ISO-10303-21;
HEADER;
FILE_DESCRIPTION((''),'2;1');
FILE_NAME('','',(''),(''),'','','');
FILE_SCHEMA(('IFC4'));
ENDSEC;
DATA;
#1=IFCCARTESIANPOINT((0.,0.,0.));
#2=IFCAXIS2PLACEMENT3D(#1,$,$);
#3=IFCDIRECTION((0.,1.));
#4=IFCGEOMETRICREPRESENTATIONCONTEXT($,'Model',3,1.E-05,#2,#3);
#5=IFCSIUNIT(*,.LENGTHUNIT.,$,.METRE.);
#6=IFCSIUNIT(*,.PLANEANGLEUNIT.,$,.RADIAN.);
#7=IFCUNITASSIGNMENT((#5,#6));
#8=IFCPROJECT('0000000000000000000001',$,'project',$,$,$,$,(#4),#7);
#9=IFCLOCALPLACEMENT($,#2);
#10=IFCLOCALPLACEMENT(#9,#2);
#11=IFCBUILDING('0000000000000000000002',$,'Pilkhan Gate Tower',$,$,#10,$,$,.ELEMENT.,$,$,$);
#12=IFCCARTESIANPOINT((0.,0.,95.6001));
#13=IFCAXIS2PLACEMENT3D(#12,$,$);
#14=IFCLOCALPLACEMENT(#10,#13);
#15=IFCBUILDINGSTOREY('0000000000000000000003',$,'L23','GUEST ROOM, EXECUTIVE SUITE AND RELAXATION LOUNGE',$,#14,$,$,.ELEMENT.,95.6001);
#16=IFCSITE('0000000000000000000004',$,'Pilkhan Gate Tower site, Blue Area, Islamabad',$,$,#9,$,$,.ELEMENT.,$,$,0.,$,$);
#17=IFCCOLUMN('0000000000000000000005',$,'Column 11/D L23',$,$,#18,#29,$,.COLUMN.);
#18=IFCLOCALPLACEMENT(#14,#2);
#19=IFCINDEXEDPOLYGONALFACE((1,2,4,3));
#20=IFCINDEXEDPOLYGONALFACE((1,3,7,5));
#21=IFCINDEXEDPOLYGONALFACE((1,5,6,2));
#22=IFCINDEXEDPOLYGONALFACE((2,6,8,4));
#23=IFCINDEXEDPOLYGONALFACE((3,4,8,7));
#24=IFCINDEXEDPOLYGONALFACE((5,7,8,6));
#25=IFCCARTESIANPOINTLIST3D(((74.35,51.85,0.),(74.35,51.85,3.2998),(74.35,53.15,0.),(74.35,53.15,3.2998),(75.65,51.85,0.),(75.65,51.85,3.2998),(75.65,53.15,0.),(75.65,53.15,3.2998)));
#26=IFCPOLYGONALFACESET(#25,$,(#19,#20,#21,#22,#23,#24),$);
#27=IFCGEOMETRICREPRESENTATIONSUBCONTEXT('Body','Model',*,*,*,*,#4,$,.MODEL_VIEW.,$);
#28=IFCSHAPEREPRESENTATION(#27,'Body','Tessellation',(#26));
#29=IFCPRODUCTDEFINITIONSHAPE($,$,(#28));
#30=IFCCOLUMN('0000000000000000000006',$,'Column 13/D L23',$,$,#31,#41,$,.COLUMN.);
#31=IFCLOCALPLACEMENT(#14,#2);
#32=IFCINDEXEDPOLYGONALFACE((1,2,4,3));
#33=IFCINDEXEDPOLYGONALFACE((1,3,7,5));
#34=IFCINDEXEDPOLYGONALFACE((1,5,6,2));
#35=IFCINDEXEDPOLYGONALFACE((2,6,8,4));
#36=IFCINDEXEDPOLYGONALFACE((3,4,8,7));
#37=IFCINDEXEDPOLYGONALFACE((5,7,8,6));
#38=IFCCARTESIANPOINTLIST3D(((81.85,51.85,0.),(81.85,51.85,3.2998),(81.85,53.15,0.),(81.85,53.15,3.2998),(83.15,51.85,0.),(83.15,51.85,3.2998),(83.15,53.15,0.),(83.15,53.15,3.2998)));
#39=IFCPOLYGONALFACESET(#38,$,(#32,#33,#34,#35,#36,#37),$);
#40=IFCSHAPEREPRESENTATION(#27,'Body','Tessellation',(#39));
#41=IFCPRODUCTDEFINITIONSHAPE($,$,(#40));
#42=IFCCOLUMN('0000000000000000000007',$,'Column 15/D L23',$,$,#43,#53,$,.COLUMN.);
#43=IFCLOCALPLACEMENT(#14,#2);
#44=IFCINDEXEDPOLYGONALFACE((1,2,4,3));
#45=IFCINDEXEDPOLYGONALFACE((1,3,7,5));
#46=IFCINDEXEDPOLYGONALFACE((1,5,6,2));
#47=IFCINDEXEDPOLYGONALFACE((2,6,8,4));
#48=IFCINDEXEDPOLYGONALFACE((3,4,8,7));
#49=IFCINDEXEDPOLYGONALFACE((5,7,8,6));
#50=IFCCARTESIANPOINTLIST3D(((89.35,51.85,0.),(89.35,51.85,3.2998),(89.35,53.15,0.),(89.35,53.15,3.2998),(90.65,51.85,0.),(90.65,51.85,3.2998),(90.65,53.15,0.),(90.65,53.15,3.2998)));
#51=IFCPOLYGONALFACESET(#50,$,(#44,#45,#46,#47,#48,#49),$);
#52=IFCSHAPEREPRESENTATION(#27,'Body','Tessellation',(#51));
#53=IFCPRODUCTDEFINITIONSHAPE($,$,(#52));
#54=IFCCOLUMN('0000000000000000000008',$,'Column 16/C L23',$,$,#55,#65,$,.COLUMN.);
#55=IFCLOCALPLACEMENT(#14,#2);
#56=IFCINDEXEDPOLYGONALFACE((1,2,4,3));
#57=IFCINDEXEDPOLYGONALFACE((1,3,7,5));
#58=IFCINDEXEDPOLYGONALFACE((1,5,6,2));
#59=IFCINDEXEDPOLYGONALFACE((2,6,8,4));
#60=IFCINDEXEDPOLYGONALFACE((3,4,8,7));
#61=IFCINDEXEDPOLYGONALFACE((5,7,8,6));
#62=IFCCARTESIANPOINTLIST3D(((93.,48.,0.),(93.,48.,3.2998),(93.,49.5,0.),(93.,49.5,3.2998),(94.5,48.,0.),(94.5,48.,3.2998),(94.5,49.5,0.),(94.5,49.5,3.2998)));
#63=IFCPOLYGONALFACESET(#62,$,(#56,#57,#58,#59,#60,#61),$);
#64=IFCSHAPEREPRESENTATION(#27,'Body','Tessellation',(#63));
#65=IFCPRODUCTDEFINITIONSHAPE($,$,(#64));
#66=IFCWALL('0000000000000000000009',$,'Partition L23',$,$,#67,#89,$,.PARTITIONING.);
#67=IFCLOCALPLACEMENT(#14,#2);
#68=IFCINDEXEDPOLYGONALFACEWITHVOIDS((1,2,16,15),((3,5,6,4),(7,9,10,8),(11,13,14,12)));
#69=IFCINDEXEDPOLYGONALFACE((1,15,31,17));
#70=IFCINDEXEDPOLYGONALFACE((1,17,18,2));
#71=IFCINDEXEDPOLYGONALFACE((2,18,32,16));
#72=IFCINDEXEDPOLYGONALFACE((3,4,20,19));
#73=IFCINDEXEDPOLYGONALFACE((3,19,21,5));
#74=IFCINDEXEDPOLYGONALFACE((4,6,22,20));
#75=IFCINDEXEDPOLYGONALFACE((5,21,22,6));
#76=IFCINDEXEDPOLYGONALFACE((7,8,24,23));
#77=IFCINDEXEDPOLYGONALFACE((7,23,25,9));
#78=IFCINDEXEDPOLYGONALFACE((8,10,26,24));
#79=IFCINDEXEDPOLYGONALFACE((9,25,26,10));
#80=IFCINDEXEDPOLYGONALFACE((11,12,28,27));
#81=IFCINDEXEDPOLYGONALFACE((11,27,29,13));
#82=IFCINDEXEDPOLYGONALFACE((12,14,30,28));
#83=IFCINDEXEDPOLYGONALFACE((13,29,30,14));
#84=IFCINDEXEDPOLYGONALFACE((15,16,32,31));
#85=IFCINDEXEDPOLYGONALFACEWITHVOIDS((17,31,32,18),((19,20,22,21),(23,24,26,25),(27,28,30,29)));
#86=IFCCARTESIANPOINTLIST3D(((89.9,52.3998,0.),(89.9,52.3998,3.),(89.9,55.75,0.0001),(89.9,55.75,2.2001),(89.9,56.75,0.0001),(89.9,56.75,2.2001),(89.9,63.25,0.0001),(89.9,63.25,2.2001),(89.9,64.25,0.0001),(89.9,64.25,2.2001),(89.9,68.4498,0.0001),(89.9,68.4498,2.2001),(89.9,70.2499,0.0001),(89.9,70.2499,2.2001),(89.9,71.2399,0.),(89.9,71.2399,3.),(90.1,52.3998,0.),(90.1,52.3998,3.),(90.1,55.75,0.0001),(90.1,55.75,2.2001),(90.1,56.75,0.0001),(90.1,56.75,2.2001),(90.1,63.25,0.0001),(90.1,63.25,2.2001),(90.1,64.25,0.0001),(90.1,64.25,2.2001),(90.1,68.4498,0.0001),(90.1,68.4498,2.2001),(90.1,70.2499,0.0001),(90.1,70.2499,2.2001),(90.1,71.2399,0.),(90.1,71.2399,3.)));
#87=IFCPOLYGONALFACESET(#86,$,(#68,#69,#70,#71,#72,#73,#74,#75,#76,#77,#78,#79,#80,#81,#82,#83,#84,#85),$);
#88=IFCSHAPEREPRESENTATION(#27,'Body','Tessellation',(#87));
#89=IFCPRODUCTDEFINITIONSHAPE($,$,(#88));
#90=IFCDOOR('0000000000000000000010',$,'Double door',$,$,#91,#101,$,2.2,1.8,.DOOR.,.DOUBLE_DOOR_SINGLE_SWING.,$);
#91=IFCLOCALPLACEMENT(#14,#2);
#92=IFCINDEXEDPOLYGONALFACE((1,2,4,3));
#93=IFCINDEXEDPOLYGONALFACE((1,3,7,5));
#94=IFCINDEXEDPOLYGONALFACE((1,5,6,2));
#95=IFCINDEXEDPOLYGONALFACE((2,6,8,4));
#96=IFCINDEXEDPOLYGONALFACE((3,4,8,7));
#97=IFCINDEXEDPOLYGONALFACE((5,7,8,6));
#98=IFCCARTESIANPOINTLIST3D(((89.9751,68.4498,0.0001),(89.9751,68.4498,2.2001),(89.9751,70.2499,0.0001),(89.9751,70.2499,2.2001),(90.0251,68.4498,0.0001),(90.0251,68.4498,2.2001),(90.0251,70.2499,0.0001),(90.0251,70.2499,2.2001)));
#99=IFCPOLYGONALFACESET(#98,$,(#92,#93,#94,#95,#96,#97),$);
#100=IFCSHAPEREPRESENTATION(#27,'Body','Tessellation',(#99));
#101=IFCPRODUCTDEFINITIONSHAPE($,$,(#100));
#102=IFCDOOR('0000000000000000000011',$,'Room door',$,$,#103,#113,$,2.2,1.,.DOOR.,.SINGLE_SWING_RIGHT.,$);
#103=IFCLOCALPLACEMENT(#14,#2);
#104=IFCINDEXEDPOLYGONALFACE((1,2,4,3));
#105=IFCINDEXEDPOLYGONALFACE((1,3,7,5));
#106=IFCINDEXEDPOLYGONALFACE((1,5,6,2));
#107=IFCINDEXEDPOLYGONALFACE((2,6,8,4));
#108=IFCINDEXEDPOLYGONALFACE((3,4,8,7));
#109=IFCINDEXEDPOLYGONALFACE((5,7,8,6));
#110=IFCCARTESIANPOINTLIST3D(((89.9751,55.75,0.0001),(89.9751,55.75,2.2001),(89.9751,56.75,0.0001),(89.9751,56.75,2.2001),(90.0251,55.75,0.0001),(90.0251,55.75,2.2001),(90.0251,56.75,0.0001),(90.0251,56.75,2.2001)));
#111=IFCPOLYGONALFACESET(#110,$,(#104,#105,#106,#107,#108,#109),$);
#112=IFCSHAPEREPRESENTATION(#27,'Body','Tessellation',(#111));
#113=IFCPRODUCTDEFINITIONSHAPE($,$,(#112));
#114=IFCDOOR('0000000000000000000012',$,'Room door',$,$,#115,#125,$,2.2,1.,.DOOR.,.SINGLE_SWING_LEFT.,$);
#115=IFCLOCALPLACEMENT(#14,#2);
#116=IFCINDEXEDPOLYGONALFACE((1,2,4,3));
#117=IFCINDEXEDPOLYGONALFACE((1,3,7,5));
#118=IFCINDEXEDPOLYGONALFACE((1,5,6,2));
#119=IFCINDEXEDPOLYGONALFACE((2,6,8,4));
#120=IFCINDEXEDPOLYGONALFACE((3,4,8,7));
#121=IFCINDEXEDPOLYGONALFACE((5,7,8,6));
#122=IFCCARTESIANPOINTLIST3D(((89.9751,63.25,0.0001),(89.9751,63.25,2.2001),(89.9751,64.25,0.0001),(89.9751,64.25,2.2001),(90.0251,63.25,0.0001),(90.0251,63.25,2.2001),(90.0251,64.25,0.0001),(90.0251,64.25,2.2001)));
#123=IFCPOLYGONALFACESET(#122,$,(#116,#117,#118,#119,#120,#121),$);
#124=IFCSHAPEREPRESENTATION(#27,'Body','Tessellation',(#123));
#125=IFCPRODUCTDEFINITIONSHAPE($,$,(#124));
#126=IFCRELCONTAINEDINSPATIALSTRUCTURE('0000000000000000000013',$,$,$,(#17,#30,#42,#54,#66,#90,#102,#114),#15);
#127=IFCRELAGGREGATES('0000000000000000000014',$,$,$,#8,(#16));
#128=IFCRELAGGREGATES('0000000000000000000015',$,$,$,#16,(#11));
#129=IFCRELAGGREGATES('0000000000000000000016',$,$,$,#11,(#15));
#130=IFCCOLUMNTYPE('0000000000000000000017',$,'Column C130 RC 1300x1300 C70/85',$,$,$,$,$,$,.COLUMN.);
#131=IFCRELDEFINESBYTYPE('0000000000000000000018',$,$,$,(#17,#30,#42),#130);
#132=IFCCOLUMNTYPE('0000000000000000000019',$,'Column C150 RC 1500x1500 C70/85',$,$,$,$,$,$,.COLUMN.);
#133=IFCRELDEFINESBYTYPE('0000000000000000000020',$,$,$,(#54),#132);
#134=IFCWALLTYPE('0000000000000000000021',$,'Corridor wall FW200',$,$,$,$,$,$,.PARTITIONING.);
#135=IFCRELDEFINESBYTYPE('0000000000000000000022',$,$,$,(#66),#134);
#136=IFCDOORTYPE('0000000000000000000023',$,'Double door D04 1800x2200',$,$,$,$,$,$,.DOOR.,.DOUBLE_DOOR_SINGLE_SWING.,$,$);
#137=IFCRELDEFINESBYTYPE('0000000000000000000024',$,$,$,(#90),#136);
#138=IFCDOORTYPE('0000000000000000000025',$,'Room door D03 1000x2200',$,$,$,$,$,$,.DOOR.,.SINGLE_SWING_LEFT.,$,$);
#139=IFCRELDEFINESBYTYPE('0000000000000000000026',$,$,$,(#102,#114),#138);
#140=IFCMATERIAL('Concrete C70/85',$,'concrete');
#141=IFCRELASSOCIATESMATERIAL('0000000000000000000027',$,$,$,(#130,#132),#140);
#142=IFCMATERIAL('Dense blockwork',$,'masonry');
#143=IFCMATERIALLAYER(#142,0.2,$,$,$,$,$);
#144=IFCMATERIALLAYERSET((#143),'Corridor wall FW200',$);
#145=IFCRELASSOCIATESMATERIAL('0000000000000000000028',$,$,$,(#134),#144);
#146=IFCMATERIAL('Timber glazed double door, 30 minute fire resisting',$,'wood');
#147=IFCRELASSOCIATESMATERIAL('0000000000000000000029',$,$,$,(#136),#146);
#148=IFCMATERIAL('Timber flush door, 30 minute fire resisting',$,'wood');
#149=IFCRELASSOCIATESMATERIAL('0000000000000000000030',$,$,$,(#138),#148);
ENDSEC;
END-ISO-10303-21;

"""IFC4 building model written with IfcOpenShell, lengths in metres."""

from ifc_helpers import new_model, si_unit, direction, frame, frame_2d, origin, origin_2d, place, context, subcontext, project, spatial, rectangle, extrude, material, layer, layer_set, material_profile, profile_set, type_object, element, fill, save


model = new_model("IFC4")

# Units and contexts
model_context = context("Model", 3, precision=1e-05, world=origin(), true_north=direction((0.0, 1.0)))
body_context = subcontext(model_context, "Body", "Model", "MODEL_VIEW")
ifc_project = project(units=[si_unit("LENGTHUNIT", "METRE"), si_unit("PLANEANGLEUNIT", "RADIAN")], contexts=[model_context])

# Site, building, storey
site_placement = place(None, origin())
site = spatial("IfcSite", under=ifc_project, at=site_placement, Name="Pilkhan Gate Tower site, Blue Area, Islamabad", CompositionType="ELEMENT", RefElevation=0.0)
building_placement = place(site_placement, origin())
building = spatial("IfcBuilding", under=site, at=building_placement, Name="Pilkhan Gate Tower", CompositionType="ELEMENT")
storey_placement = place(building_placement, frame((0.0, 0.0, 95.6001)))
storey = spatial("IfcBuildingStorey", under=building, at=storey_placement, Name="L23", Description="GUEST ROOM, EXECUTIVE SUITE AND RELAXATION LOUNGE", CompositionType="ELEMENT", Elevation=95.6001)

# Columns
ifc_material_1 = material(Name="Concrete C70/85", Category="concrete")
ifc_material_profile_1 = material_profile(ifc_material_1, rectangle(XDim=1.3, YDim=1.3, at=origin_2d()), Name="RC 1300x1300")
ifc_profile_set_1 = profile_set([ifc_material_profile_1], Name="Concrete C70/85")
column_type_1 = type_object("IfcColumnType", Name="Column C130 RC 1300x1300 C70/85", PredefinedType="COLUMN", material=ifc_profile_set_1)
for number, where, z_axis, x_axis, name in (
    (1, (75.0, 52.5, 0.0), (0.0, 0.0, 1.0), (1.0, 0.0, 0.0), "Column 11/D L23"),
    (2, (82.5, 52.5, 0.0), (0.0, 0.0, 1.0), (1.0, 0.0, 0.0), "Column 13/D L23"),
    (3, (90.0, 52.5, 0.0), (0.0, 0.0, 1.0), (1.0, 0.0, 0.0), "Column 15/D L23"),
):
    element("IfcColumn", number, at=place(storey_placement, frame(where, z_axis=z_axis, x_axis=x_axis)), inside=storey, type_object=column_type_1, Name=name, PredefinedType="COLUMN", context=body_context, shape_type="SweptSolid", body=[
        extrude(rectangle(XDim=1.3, YDim=1.3, at=origin_2d()), origin(), (0.0, 0.0, 1.0), 3.2998),
    ])
ifc_material_profile_2 = material_profile(ifc_material_1, rectangle(XDim=1.5, YDim=1.5, at=origin_2d()), Name="RC 1500x1500")
ifc_profile_set_2 = profile_set([ifc_material_profile_2], Name="Concrete C70/85")
column_type_2 = type_object("IfcColumnType", Name="Column C150 RC 1500x1500 C70/85", PredefinedType="COLUMN", material=ifc_profile_set_2)
column_placement = place(storey_placement, frame((93.75, 48.75, 0.0), z_axis=(0.0, 0.0, 1.0), x_axis=(1.0, 0.0, 0.0)))
element("IfcColumn", 4, at=column_placement, inside=storey, type_object=column_type_2, Name="Column 16/C L23", PredefinedType="COLUMN", context=body_context, shape_type="SweptSolid", body=[
    extrude(rectangle(XDim=1.5, YDim=1.5, at=origin_2d()), origin(), (0.0, 0.0, 1.0), 3.2998),
])

# Wall, openings, doors
ifc_material_2 = material(Name="Dense blockwork", Category="masonry")
ifc_layer_1 = layer(ifc_material_2, 0.2)
ifc_layer_set_1 = layer_set([ifc_layer_1], Name="Corridor wall FW200")
wall_type_1 = type_object("IfcWallType", Name="Corridor wall FW200", PredefinedType="PARTITIONING", material=ifc_layer_set_1)
wall_1_placement = place(storey_placement, frame((90.0, 52.3999, 0.0), z_axis=(0.0, 0.0, 1.0), x_axis=(0.0, 1.0, 0.0)))
wall_1 = element("IfcWall", 5, at=wall_1_placement, inside=storey, type_object=wall_type_1, Name="Partition L23", PredefinedType="PARTITIONING", context=body_context, shape_type="SweptSolid", body=[
    extrude(rectangle(XDim=18.8401, YDim=0.2, at=frame_2d((9.4199, 0.0))), origin(), (0.0, 0.0, 1.0), 3.0),
])
opening_1_placement = place(wall_1_placement, frame((3.3501, 0.0, 0.0)))
opening_1 = element("IfcOpeningElement", 6, at=opening_1_placement, cuts=wall_1, PredefinedType="OPENING", context=body_context, shape_type="SweptSolid", body=[
    extrude(rectangle(XDim=1.0, YDim=2.2, at=frame_2d((0.5, 1.1001))), frame((0.0, 0.1099, 0.0), z_axis=(0.0, -1.0, 0.0), x_axis=(1.0, 0.0, 0.0)), (0.0, 0.0, 1.0), 0.22),
])
opening_2_placement = place(wall_1_placement, frame((10.8501, 0.0, 0.0)))
opening_2 = element("IfcOpeningElement", 7, at=opening_2_placement, cuts=wall_1, PredefinedType="OPENING", context=body_context, shape_type="SweptSolid", body=[
    extrude(rectangle(XDim=1.0, YDim=2.2, at=frame_2d((0.5, 1.1001))), frame((0.0, 0.1099, 0.0), z_axis=(0.0, -1.0, 0.0), x_axis=(1.0, 0.0, 0.0)), (0.0, 0.0, 1.0), 0.22),
])
opening_3_placement = place(wall_1_placement, frame((16.05, 0.0, 0.0)))
opening_3 = element("IfcOpeningElement", 8, at=opening_3_placement, cuts=wall_1, PredefinedType="OPENING", context=body_context, shape_type="SweptSolid", body=[
    extrude(rectangle(XDim=1.8, YDim=2.2, at=frame_2d((0.8999, 1.1001))), frame((0.0, 0.1099, 0.0), z_axis=(0.0, -1.0, 0.0), x_axis=(1.0, 0.0, 0.0)), (0.0, 0.0, 1.0), 0.22),
])
ifc_material_3 = material(Name="Timber glazed double door, 30 minute fire resisting", Category="wood")
door_type_1 = type_object("IfcDoorType", Name="Double door D04 1800x2200", OperationType="DOUBLE_DOOR_SINGLE_SWING", PredefinedType="DOOR", material=ifc_material_3)
door_1_placement = place(opening_3_placement, origin())
door_1 = element("IfcDoor", 9, at=door_1_placement, inside=storey, type_object=door_type_1, Name="Double door", OperationType="DOUBLE_DOOR_SINGLE_SWING", OverallHeight=2.2, OverallWidth=1.8, PredefinedType="DOOR", context=body_context, shape_type="SweptSolid", body=[
    extrude(rectangle(XDim=1.8, YDim=2.2, at=frame_2d((0.8999, 1.1001))), frame((0.0, 0.0249, 0.0), z_axis=(0.0, -1.0, 0.0), x_axis=(1.0, 0.0, 0.0)), (0.0, 0.0, 1.0), 0.05),
])
fill(opening_3, door_1)
ifc_material_4 = material(Name="Timber flush door, 30 minute fire resisting", Category="wood")
door_type_2 = type_object("IfcDoorType", Name="Room door D03 1000x2200", OperationType="SINGLE_SWING_LEFT", PredefinedType="DOOR", material=ifc_material_4)
door_2_placement = place(opening_1_placement, origin())
door_2 = element("IfcDoor", 10, at=door_2_placement, inside=storey, type_object=door_type_2, Name="Room door", OperationType="SINGLE_SWING_RIGHT", OverallHeight=2.2, OverallWidth=1.0, PredefinedType="DOOR", context=body_context, shape_type="SweptSolid", body=[
    extrude(rectangle(XDim=1.0, YDim=2.2, at=frame_2d((0.5, 1.1001))), frame((0.0, 0.0249, 0.0), z_axis=(0.0, -1.0, 0.0), x_axis=(1.0, 0.0, 0.0)), (0.0, 0.0, 1.0), 0.05),
])
fill(opening_1, door_2)
door_3_placement = place(opening_2_placement, origin())
door_3 = element("IfcDoor", 11, at=door_3_placement, inside=storey, type_object=door_type_2, Name="Room door", OperationType="SINGLE_SWING_LEFT", OverallHeight=2.2, OverallWidth=1.0, PredefinedType="DOOR", context=body_context, shape_type="SweptSolid", body=[
    extrude(rectangle(XDim=1.0, YDim=2.2, at=frame_2d((0.5, 1.1001))), frame((0.0, 0.0249, 0.0), z_axis=(0.0, -1.0, 0.0), x_axis=(1.0, 0.0, 0.0)), (0.0, 0.0, 1.0), 0.05),
])
fill(opening_2, door_3)

save(model, "model.ifc")
